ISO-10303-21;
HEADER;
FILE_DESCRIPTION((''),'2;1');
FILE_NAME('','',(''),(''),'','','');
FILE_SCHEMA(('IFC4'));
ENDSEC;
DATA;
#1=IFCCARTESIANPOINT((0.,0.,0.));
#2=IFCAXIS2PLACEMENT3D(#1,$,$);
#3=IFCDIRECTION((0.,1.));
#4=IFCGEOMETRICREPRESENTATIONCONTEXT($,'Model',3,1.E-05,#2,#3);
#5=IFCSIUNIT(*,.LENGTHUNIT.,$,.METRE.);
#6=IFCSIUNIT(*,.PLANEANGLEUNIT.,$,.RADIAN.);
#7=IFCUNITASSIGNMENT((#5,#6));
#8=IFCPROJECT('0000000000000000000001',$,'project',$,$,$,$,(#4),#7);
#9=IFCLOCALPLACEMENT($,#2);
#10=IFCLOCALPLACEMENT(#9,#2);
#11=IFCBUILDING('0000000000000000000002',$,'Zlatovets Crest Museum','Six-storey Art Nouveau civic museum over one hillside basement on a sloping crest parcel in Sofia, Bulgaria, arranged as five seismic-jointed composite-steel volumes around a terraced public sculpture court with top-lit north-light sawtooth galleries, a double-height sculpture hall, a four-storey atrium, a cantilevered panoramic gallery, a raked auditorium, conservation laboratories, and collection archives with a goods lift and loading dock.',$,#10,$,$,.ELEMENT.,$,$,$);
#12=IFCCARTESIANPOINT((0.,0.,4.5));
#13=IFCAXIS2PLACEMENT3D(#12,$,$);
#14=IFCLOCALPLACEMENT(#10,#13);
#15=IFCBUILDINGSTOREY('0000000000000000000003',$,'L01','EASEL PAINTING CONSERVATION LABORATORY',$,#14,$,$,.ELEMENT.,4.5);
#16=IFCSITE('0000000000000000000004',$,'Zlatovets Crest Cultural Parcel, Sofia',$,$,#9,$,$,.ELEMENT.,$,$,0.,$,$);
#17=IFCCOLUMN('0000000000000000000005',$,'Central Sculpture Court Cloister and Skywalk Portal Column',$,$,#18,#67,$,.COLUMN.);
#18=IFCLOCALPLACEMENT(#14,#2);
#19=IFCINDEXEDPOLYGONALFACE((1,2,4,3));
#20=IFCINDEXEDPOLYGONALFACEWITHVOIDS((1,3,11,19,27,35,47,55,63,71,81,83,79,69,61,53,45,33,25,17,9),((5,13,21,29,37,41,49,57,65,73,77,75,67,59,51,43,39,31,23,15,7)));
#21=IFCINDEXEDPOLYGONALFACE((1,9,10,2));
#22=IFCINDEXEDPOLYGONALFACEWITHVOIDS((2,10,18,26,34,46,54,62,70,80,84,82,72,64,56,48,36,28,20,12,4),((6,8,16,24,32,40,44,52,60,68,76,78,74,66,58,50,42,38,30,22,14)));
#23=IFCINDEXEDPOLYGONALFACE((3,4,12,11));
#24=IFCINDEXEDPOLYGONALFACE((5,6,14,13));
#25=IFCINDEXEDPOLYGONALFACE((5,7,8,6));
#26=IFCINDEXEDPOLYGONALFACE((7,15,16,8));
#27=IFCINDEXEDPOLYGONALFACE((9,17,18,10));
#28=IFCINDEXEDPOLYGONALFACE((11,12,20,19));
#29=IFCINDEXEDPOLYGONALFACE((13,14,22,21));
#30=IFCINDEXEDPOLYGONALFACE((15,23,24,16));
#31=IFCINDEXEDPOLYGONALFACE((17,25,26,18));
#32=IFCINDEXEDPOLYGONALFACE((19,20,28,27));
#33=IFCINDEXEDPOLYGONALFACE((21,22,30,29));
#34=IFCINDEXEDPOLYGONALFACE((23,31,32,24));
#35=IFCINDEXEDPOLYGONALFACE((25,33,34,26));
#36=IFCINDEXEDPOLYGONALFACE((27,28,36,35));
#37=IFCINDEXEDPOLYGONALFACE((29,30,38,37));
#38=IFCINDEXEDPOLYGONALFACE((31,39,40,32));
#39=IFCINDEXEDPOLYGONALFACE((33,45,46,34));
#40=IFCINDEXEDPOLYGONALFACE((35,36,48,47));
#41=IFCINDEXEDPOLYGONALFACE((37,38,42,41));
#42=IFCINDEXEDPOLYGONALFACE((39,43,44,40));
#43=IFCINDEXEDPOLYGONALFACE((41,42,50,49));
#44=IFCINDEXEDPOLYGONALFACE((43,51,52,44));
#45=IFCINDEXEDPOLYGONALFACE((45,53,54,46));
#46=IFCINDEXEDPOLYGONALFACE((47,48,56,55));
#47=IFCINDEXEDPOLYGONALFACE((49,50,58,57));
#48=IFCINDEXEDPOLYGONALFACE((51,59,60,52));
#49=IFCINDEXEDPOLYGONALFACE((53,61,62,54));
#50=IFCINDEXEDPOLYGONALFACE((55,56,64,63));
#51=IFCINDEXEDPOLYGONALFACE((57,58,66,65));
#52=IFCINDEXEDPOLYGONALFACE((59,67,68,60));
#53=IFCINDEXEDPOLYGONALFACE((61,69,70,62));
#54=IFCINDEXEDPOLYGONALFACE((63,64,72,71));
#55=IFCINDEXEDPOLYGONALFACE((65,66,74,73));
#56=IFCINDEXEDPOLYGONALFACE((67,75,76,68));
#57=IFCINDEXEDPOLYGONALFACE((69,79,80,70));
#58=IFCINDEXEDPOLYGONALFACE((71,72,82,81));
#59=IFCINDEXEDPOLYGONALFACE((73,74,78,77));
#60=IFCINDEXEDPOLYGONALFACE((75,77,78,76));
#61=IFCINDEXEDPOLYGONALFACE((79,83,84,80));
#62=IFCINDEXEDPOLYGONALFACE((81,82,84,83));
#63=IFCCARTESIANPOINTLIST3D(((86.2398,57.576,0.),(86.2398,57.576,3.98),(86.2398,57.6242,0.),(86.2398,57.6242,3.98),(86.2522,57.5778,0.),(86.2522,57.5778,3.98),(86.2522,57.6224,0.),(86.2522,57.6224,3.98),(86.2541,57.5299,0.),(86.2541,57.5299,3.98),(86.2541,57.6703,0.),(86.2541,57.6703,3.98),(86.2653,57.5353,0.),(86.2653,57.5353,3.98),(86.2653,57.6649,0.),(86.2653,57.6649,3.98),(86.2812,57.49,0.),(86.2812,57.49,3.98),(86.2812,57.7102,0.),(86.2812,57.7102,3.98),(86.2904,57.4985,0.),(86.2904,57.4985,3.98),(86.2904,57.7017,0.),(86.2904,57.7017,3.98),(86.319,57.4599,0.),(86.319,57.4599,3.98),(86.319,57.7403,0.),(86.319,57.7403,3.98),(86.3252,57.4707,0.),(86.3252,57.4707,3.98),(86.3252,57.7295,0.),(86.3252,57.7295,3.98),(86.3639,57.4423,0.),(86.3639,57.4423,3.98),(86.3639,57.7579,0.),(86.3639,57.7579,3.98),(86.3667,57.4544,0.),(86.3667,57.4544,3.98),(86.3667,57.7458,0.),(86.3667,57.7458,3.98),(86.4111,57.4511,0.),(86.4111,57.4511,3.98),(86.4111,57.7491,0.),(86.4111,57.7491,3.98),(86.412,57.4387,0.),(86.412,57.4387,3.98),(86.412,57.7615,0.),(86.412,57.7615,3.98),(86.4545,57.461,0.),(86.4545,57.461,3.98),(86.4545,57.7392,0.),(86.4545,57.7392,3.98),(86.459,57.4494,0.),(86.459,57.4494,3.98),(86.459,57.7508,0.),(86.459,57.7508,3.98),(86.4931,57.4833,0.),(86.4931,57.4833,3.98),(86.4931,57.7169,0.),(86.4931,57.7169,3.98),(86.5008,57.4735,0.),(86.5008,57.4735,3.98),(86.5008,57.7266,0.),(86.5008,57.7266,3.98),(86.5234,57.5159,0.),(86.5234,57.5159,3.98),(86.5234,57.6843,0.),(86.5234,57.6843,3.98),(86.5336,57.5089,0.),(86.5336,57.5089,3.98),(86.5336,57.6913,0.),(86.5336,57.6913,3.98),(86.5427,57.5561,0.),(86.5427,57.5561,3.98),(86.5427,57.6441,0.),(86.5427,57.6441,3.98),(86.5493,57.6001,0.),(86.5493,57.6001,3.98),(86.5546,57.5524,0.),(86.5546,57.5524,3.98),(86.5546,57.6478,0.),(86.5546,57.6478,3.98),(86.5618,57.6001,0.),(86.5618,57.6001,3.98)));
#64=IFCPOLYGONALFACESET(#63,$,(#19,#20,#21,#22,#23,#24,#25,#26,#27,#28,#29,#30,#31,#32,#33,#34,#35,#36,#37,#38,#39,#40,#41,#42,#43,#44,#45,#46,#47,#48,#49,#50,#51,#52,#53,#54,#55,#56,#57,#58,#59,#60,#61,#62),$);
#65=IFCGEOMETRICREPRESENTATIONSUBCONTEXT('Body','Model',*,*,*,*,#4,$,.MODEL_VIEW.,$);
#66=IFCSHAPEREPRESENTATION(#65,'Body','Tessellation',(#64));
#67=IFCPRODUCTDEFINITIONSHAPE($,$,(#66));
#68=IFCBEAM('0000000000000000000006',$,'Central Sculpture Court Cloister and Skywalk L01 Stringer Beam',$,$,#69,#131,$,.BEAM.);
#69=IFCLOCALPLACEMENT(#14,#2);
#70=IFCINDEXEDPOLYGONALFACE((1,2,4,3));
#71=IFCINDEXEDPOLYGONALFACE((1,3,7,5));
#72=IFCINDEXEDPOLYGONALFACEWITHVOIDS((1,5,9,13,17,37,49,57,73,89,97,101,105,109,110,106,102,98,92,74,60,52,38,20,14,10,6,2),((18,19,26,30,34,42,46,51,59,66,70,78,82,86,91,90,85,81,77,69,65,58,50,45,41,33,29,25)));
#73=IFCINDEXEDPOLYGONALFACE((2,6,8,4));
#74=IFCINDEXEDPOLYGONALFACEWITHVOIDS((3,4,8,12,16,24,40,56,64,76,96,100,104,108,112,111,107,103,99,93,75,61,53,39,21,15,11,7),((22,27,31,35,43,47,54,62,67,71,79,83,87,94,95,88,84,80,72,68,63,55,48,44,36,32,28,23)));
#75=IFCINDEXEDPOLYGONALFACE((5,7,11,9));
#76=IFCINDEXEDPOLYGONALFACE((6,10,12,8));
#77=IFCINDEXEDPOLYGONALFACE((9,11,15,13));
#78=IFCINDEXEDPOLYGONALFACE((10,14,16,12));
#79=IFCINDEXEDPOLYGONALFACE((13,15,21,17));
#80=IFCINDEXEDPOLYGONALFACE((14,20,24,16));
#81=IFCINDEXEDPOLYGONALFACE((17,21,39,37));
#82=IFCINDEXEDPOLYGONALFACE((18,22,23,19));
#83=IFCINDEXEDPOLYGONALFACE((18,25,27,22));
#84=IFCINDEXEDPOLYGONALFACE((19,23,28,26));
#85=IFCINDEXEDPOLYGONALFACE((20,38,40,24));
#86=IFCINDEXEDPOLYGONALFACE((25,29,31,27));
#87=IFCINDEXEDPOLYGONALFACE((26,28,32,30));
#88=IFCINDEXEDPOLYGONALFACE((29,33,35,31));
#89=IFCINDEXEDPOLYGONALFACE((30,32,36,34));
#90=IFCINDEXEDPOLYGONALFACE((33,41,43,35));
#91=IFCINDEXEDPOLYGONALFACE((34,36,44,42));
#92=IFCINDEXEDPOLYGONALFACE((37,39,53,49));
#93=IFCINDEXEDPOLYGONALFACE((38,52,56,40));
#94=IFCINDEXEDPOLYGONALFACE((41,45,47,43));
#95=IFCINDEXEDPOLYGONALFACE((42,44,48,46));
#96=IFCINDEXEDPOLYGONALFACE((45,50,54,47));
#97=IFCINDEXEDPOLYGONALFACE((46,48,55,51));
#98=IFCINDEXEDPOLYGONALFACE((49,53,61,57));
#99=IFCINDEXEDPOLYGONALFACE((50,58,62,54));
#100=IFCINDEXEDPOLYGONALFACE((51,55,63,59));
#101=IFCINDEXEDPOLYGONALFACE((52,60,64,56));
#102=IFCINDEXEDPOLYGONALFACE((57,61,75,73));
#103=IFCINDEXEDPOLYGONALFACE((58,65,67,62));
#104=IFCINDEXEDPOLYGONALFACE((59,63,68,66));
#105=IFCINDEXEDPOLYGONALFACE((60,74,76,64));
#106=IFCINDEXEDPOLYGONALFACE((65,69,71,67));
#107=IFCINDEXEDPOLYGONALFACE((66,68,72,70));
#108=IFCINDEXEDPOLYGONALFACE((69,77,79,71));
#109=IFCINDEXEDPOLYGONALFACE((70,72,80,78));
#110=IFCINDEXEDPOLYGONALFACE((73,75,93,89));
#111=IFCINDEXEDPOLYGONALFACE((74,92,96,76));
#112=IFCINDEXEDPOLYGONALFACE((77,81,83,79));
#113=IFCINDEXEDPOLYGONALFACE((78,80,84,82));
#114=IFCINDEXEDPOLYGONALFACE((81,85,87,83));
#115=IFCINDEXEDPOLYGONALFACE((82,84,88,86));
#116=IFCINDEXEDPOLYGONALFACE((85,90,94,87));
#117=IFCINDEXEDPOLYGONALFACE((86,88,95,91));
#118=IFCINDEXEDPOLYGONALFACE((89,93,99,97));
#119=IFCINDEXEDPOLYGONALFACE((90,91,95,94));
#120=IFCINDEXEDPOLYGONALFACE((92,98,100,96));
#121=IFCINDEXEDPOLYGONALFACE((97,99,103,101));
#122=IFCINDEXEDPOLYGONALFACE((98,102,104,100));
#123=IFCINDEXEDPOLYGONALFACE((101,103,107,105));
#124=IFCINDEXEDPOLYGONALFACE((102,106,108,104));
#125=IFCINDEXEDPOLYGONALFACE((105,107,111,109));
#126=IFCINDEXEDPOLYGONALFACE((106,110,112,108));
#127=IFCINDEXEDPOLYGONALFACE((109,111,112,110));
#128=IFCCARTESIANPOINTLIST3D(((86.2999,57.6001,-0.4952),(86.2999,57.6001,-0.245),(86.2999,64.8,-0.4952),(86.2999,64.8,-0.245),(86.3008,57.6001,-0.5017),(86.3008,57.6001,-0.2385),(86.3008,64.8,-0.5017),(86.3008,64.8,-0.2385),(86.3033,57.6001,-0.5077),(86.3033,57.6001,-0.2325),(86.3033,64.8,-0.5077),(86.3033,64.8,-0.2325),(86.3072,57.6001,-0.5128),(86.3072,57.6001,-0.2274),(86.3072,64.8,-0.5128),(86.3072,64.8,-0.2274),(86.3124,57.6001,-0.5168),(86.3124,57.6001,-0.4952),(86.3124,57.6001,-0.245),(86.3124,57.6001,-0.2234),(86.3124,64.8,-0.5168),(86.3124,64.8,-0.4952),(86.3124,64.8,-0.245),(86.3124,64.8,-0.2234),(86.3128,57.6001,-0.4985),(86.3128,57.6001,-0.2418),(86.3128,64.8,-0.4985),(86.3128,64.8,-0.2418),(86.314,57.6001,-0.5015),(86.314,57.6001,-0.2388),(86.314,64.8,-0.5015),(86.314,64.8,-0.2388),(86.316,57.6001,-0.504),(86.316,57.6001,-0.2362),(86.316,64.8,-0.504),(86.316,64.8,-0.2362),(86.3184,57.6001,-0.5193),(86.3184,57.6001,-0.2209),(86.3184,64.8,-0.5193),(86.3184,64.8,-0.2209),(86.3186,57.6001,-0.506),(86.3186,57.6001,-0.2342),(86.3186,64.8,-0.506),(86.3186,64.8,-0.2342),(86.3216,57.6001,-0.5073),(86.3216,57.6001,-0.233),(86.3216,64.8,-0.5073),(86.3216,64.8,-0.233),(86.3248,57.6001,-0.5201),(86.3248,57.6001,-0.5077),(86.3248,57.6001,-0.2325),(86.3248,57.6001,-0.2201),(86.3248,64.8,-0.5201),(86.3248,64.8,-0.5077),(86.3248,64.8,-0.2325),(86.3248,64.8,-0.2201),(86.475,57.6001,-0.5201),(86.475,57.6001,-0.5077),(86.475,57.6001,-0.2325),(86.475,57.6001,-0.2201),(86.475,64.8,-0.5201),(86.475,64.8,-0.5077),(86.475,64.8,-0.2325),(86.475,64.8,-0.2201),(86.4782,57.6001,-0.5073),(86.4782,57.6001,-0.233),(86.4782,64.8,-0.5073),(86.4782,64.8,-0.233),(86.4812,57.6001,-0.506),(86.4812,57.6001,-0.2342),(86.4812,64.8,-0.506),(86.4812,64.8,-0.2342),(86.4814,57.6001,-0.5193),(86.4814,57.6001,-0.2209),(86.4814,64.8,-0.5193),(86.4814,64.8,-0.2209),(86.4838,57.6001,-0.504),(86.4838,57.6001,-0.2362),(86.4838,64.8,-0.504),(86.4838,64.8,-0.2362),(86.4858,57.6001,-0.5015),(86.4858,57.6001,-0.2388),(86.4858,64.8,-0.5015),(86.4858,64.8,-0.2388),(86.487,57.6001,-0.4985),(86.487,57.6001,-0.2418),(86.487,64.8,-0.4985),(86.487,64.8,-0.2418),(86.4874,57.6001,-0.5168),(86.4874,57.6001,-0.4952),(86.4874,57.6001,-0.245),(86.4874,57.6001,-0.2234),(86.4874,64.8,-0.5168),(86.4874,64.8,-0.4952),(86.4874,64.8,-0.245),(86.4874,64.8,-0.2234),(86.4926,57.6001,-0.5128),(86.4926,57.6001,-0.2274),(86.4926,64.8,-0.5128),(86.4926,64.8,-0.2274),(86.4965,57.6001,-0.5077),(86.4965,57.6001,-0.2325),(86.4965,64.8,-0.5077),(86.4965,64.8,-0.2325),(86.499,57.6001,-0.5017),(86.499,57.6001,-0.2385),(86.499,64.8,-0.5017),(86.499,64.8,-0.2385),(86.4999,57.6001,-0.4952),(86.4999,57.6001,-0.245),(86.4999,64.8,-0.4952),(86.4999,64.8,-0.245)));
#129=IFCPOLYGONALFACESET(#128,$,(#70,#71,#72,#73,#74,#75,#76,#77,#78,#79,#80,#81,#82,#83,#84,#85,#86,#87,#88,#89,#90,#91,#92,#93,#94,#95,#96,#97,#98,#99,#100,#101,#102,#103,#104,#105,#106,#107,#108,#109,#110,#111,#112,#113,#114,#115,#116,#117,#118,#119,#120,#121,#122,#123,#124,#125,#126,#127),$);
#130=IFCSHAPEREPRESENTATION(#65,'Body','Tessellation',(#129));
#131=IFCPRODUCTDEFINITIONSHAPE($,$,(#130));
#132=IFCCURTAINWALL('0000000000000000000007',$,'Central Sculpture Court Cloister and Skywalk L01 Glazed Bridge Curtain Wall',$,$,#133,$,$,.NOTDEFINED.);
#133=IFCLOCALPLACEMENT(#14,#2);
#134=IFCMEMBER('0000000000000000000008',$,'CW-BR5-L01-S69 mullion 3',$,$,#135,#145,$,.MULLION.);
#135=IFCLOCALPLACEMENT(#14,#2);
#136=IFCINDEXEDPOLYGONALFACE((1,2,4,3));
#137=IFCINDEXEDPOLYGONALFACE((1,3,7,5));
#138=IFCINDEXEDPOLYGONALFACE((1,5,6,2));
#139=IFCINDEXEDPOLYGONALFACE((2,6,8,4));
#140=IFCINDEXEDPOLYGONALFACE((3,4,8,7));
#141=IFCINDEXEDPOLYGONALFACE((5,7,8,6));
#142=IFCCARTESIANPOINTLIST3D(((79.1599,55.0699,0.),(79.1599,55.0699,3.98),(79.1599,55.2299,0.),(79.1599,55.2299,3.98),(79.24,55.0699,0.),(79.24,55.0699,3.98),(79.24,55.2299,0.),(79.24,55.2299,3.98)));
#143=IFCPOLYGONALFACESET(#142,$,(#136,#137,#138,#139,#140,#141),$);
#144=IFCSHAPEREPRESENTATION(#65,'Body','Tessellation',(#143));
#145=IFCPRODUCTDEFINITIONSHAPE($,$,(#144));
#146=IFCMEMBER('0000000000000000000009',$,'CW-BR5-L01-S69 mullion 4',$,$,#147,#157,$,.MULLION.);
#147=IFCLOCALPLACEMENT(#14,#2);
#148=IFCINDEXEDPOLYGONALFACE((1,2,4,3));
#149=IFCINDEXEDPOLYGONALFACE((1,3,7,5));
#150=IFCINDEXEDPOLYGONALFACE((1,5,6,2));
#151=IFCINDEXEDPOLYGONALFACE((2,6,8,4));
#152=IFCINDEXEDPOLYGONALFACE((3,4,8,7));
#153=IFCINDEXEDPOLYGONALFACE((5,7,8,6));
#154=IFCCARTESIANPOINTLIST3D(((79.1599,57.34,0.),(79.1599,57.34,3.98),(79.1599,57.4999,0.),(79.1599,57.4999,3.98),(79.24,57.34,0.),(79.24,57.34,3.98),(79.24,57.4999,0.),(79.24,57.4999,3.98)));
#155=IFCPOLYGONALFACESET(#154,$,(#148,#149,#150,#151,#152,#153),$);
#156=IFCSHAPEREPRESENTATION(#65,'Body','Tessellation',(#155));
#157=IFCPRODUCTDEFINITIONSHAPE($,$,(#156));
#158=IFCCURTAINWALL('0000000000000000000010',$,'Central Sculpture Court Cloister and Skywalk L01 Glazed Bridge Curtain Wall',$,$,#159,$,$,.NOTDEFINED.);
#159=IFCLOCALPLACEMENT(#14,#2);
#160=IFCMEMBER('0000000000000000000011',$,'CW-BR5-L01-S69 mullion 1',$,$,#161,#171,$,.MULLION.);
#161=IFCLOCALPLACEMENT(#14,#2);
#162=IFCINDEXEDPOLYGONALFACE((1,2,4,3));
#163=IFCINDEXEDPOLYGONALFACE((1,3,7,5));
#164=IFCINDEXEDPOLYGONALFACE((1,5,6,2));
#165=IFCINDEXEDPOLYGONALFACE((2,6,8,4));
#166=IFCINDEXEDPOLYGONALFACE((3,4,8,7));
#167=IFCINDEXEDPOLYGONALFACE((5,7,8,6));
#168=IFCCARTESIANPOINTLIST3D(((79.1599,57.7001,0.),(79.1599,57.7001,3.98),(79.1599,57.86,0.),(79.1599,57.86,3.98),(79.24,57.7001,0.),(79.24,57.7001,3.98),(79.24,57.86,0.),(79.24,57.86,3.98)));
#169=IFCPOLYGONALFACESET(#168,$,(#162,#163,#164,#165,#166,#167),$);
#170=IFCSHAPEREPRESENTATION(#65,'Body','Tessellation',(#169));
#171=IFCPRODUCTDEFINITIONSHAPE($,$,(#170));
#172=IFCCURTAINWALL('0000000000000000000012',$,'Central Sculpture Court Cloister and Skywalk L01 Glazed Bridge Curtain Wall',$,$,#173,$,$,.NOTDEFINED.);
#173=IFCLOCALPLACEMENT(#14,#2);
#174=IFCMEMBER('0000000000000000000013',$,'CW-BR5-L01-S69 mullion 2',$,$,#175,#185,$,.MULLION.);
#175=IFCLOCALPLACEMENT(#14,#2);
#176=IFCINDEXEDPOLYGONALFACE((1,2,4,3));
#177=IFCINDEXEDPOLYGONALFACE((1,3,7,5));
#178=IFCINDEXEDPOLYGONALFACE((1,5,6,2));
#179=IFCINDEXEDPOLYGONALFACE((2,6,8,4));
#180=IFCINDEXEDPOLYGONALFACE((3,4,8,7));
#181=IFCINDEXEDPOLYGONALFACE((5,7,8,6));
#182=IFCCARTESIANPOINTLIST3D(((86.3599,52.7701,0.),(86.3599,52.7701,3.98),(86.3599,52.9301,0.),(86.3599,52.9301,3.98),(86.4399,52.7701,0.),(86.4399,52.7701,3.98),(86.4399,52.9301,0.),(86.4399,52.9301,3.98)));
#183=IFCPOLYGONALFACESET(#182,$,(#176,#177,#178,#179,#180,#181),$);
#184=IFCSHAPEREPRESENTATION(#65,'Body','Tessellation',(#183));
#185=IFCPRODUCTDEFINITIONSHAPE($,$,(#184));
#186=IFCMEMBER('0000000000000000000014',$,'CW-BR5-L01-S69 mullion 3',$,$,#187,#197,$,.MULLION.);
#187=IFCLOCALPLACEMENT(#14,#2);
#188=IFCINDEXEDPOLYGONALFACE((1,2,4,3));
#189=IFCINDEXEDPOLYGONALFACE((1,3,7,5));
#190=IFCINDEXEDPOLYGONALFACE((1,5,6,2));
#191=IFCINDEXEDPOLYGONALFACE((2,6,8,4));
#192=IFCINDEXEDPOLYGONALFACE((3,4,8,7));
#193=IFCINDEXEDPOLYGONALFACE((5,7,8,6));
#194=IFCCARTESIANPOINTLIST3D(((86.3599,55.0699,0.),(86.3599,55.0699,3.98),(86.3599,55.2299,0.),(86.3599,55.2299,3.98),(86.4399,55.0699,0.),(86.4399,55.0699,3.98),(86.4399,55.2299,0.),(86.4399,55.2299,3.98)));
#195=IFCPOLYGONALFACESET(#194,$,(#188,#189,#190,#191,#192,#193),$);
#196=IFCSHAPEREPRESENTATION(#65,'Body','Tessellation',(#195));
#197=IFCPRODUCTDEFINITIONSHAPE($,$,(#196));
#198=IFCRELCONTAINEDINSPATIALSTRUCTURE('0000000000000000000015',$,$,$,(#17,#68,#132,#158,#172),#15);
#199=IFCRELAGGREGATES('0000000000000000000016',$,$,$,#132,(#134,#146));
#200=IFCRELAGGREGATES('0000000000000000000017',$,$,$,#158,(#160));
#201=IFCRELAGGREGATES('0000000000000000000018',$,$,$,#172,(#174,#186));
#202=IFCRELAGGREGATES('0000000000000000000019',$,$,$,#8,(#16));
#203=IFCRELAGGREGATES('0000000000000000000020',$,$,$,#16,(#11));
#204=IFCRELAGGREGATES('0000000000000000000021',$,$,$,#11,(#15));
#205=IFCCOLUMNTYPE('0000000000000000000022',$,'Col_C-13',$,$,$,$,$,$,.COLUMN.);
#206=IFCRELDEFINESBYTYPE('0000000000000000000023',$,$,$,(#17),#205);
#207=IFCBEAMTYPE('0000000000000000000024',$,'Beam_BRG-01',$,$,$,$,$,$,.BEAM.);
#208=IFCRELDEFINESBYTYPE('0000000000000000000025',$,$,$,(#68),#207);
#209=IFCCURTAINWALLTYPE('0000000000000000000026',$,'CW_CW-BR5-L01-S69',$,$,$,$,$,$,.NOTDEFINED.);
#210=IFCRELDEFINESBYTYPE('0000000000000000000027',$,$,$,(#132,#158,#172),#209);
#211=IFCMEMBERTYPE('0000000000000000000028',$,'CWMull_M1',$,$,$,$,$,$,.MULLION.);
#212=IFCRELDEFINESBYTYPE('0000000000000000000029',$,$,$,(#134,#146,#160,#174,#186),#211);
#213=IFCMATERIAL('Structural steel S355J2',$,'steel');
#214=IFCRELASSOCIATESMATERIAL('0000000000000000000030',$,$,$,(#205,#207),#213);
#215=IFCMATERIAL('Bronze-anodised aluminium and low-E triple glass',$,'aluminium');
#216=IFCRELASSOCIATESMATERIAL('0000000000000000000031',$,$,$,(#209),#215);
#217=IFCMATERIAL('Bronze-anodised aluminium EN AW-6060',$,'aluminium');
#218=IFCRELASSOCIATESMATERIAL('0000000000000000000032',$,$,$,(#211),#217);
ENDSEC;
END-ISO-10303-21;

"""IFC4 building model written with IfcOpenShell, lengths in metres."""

from ifc_helpers import new_model, si_unit, direction, frame, origin, origin_2d, place, context, subcontext, project, spatial, rectangle, hollow_rectangle, hollow_circle, extrude, material, material_profile, profile_set, type_object, element, aggregate, save


model = new_model("IFC4")

# Units and contexts
model_context = context("Model", 3, precision=1e-05, world=origin(), true_north=direction((0.0, 1.0)))
body_context = subcontext(model_context, "Body", "Model", "MODEL_VIEW")
ifc_project = project(units=[si_unit("LENGTHUNIT", "METRE"), si_unit("PLANEANGLEUNIT", "RADIAN")], contexts=[model_context])

# Site, building, storey
site_placement = place(None, origin())
site = spatial("IfcSite", under=ifc_project, at=site_placement, Name="Zlatovets Crest Cultural Parcel, Sofia", CompositionType="ELEMENT", RefElevation=0.0)
building_placement = place(site_placement, origin())
building = spatial("IfcBuilding", under=site, at=building_placement, Name="Zlatovets Crest Museum", Description="Six-storey Art Nouveau civic museum over one hillside basement on a sloping crest parcel in Sofia, Bulgaria, arranged as five seismic-jointed composite-steel volumes around a terraced public sculpture court with top-lit north-light sawtooth galleries, a double-height sculpture hall, a four-storey atrium, a cantilevered panoramic gallery, a raked auditorium, conservation laboratories, and collection archives with a goods lift and loading dock.", CompositionType="ELEMENT")
storey_placement = place(building_placement, frame((0.0, 0.0, 4.5)))
storey = spatial("IfcBuildingStorey", under=building, at=storey_placement, Name="L01", Description="EASEL PAINTING CONSERVATION LABORATORY", CompositionType="ELEMENT", Elevation=4.5)

# Column
ifc_material_1 = material(Name="Structural steel S355J2", Category="steel")
ifc_material_profile_1 = material_profile(ifc_material_1, hollow_circle(Radius=0.1619, WallThickness=0.0125, at=origin_2d()), Name="CHS 323.9x12.5")
ifc_profile_set_1 = profile_set([ifc_material_profile_1], Name="Structural steel S355J2")
column_type = type_object("IfcColumnType", Name="Col_C-13", PredefinedType="COLUMN", material=ifc_profile_set_1)
column_placement = place(storey_placement, frame((86.3999, 57.6001, 0.0), z_axis=(0.0, 0.0, 1.0), x_axis=(1.0, 0.0, 0.0)))
element("IfcColumn", 1, at=column_placement, inside=storey, type_object=column_type, Name="Central Sculpture Court Cloister and Skywalk Portal Column", PredefinedType="COLUMN", context=body_context, shape_type="SweptSolid", body=[
    extrude(hollow_circle(Radius=0.1619, WallThickness=0.0125, at=origin_2d()), origin(), (0.0, 0.0, 1.0), 3.98),
])

# Beam
ifc_material_profile_2 = material_profile(ifc_material_1, hollow_rectangle(XDim=0.2, YDim=0.3, WallThickness=0.0125, InnerFilletRadius=0.0125, OuterFilletRadius=0.0249, at=origin_2d()), Name="RHS 200x300x12.5")
ifc_profile_set_2 = profile_set([ifc_material_profile_2], Name="Structural steel S355J2")
beam_type = type_object("IfcBeamType", Name="Beam_BRG-01", PredefinedType="BEAM", material=ifc_profile_set_2)
beam_placement = place(storey_placement, frame((86.3999, 57.6001, -0.3701), z_axis=(0.0, 1.0, 0.0), x_axis=(-1.0, 0.0, 0.0)))
element("IfcBeam", 2, at=beam_placement, inside=storey, type_object=beam_type, Name="Central Sculpture Court Cloister and Skywalk L01 Stringer Beam", PredefinedType="BEAM", context=body_context, shape_type="SweptSolid", body=[
    extrude(hollow_rectangle(XDim=0.2, YDim=0.3, WallThickness=0.0125, InnerFilletRadius=0.0125, OuterFilletRadius=0.0249, at=origin_2d()), origin(), (0.0, 0.0, 1.0), 7.2),
])

# Curtain wall, members
ifc_material_2 = material(Name="Bronze-anodised aluminium and low-E triple glass", Category="aluminium")
curtain_wall_type = type_object("IfcCurtainWallType", Name="CW_CW-BR5-L01-S69", PredefinedType="NOTDEFINED", material=ifc_material_2)
curtain_wall_1_placement = place(storey_placement, origin())
curtain_wall_1 = element("IfcCurtainWall", 3, at=curtain_wall_1_placement, inside=storey, type_object=curtain_wall_type, Name="Central Sculpture Court Cloister and Skywalk L01 Glazed Bridge Curtain Wall", PredefinedType="NOTDEFINED")
ifc_material_3 = material(Name="Bronze-anodised aluminium EN AW-6060", Category="aluminium")
ifc_material_profile_3 = material_profile(ifc_material_3, rectangle(XDim=0.0801, YDim=0.1599, at=origin_2d()), Name="ALU 80x160")
ifc_profile_set_3 = profile_set([ifc_material_profile_3], Name="Bronze-anodised aluminium EN AW-6060")
member_type_1 = type_object("IfcMemberType", Name="CWMull_M1", PredefinedType="MULLION", material=ifc_profile_set_3)
member_1_placement = place(storey_placement, frame((79.2, 55.1499, 0.0), z_axis=(0.0, 0.0, 1.0), x_axis=(-1.0, 0.0, 0.0)))
member_1 = element("IfcMember", 4, at=member_1_placement, type_object=member_type_1, Name="CW-BR5-L01-S69 mullion 3", PredefinedType="MULLION", context=body_context, shape_type="SweptSolid", body=[
    extrude(rectangle(XDim=0.0801, YDim=0.1599, at=origin_2d()), origin(), (0.0, 0.0, 1.0), 3.98),
])
member_2_placement = place(storey_placement, frame((79.2, 57.4199, 0.0), z_axis=(0.0, 0.0, 1.0), x_axis=(-1.0, 0.0, 0.0)))
member_2 = element("IfcMember", 5, at=member_2_placement, type_object=member_type_1, Name="CW-BR5-L01-S69 mullion 4", PredefinedType="MULLION", context=body_context, shape_type="SweptSolid", body=[
    extrude(rectangle(XDim=0.0801, YDim=0.1599, at=origin_2d()), origin(), (0.0, 0.0, 1.0), 3.98),
])

# Curtain wall, member
curtain_wall_2_placement = place(storey_placement, origin())
curtain_wall_2 = element("IfcCurtainWall", 6, at=curtain_wall_2_placement, inside=storey, type_object=curtain_wall_type, Name="Central Sculpture Court Cloister and Skywalk L01 Glazed Bridge Curtain Wall", PredefinedType="NOTDEFINED")
member_3_placement = place(storey_placement, frame((79.2, 57.78, 0.0), z_axis=(0.0, 0.0, 1.0), x_axis=(-1.0, 0.0, 0.0)))
member_3 = element("IfcMember", 7, at=member_3_placement, type_object=member_type_1, Name="CW-BR5-L01-S69 mullion 1", PredefinedType="MULLION", context=body_context, shape_type="SweptSolid", body=[
    extrude(rectangle(XDim=0.0801, YDim=0.1599, at=origin_2d()), origin(), (0.0, 0.0, 1.0), 3.98),
])

# Curtain wall, members
curtain_wall_3_placement = place(storey_placement, origin())
curtain_wall_3 = element("IfcCurtainWall", 8, at=curtain_wall_3_placement, inside=storey, type_object=curtain_wall_type, Name="Central Sculpture Court Cloister and Skywalk L01 Glazed Bridge Curtain Wall", PredefinedType="NOTDEFINED")
member_4_placement = place(storey_placement, frame((86.3999, 52.8501, 0.0), z_axis=(0.0, 0.0, 1.0), x_axis=(-1.0, 0.0, 0.0)))
member_4 = element("IfcMember", 9, at=member_4_placement, type_object=member_type_1, Name="CW-BR5-L01-S69 mullion 2", PredefinedType="MULLION", context=body_context, shape_type="SweptSolid", body=[
    extrude(rectangle(XDim=0.0801, YDim=0.1599, at=origin_2d()), origin(), (0.0, 0.0, 1.0), 3.98),
])
member_5_placement = place(storey_placement, frame((86.3999, 55.1499, 0.0), z_axis=(0.0, 0.0, 1.0), x_axis=(-1.0, 0.0, 0.0)))
member_5 = element("IfcMember", 10, at=member_5_placement, type_object=member_type_1, Name="CW-BR5-L01-S69 mullion 3", PredefinedType="MULLION", context=body_context, shape_type="SweptSolid", body=[
    extrude(rectangle(XDim=0.0801, YDim=0.1599, at=origin_2d()), origin(), (0.0, 0.0, 1.0), 3.98),
])

aggregate(curtain_wall_1, [member_1, member_2])
aggregate(curtain_wall_2, [member_3])
aggregate(curtain_wall_3, [member_4, member_5])

save(model, "model.ifc")
